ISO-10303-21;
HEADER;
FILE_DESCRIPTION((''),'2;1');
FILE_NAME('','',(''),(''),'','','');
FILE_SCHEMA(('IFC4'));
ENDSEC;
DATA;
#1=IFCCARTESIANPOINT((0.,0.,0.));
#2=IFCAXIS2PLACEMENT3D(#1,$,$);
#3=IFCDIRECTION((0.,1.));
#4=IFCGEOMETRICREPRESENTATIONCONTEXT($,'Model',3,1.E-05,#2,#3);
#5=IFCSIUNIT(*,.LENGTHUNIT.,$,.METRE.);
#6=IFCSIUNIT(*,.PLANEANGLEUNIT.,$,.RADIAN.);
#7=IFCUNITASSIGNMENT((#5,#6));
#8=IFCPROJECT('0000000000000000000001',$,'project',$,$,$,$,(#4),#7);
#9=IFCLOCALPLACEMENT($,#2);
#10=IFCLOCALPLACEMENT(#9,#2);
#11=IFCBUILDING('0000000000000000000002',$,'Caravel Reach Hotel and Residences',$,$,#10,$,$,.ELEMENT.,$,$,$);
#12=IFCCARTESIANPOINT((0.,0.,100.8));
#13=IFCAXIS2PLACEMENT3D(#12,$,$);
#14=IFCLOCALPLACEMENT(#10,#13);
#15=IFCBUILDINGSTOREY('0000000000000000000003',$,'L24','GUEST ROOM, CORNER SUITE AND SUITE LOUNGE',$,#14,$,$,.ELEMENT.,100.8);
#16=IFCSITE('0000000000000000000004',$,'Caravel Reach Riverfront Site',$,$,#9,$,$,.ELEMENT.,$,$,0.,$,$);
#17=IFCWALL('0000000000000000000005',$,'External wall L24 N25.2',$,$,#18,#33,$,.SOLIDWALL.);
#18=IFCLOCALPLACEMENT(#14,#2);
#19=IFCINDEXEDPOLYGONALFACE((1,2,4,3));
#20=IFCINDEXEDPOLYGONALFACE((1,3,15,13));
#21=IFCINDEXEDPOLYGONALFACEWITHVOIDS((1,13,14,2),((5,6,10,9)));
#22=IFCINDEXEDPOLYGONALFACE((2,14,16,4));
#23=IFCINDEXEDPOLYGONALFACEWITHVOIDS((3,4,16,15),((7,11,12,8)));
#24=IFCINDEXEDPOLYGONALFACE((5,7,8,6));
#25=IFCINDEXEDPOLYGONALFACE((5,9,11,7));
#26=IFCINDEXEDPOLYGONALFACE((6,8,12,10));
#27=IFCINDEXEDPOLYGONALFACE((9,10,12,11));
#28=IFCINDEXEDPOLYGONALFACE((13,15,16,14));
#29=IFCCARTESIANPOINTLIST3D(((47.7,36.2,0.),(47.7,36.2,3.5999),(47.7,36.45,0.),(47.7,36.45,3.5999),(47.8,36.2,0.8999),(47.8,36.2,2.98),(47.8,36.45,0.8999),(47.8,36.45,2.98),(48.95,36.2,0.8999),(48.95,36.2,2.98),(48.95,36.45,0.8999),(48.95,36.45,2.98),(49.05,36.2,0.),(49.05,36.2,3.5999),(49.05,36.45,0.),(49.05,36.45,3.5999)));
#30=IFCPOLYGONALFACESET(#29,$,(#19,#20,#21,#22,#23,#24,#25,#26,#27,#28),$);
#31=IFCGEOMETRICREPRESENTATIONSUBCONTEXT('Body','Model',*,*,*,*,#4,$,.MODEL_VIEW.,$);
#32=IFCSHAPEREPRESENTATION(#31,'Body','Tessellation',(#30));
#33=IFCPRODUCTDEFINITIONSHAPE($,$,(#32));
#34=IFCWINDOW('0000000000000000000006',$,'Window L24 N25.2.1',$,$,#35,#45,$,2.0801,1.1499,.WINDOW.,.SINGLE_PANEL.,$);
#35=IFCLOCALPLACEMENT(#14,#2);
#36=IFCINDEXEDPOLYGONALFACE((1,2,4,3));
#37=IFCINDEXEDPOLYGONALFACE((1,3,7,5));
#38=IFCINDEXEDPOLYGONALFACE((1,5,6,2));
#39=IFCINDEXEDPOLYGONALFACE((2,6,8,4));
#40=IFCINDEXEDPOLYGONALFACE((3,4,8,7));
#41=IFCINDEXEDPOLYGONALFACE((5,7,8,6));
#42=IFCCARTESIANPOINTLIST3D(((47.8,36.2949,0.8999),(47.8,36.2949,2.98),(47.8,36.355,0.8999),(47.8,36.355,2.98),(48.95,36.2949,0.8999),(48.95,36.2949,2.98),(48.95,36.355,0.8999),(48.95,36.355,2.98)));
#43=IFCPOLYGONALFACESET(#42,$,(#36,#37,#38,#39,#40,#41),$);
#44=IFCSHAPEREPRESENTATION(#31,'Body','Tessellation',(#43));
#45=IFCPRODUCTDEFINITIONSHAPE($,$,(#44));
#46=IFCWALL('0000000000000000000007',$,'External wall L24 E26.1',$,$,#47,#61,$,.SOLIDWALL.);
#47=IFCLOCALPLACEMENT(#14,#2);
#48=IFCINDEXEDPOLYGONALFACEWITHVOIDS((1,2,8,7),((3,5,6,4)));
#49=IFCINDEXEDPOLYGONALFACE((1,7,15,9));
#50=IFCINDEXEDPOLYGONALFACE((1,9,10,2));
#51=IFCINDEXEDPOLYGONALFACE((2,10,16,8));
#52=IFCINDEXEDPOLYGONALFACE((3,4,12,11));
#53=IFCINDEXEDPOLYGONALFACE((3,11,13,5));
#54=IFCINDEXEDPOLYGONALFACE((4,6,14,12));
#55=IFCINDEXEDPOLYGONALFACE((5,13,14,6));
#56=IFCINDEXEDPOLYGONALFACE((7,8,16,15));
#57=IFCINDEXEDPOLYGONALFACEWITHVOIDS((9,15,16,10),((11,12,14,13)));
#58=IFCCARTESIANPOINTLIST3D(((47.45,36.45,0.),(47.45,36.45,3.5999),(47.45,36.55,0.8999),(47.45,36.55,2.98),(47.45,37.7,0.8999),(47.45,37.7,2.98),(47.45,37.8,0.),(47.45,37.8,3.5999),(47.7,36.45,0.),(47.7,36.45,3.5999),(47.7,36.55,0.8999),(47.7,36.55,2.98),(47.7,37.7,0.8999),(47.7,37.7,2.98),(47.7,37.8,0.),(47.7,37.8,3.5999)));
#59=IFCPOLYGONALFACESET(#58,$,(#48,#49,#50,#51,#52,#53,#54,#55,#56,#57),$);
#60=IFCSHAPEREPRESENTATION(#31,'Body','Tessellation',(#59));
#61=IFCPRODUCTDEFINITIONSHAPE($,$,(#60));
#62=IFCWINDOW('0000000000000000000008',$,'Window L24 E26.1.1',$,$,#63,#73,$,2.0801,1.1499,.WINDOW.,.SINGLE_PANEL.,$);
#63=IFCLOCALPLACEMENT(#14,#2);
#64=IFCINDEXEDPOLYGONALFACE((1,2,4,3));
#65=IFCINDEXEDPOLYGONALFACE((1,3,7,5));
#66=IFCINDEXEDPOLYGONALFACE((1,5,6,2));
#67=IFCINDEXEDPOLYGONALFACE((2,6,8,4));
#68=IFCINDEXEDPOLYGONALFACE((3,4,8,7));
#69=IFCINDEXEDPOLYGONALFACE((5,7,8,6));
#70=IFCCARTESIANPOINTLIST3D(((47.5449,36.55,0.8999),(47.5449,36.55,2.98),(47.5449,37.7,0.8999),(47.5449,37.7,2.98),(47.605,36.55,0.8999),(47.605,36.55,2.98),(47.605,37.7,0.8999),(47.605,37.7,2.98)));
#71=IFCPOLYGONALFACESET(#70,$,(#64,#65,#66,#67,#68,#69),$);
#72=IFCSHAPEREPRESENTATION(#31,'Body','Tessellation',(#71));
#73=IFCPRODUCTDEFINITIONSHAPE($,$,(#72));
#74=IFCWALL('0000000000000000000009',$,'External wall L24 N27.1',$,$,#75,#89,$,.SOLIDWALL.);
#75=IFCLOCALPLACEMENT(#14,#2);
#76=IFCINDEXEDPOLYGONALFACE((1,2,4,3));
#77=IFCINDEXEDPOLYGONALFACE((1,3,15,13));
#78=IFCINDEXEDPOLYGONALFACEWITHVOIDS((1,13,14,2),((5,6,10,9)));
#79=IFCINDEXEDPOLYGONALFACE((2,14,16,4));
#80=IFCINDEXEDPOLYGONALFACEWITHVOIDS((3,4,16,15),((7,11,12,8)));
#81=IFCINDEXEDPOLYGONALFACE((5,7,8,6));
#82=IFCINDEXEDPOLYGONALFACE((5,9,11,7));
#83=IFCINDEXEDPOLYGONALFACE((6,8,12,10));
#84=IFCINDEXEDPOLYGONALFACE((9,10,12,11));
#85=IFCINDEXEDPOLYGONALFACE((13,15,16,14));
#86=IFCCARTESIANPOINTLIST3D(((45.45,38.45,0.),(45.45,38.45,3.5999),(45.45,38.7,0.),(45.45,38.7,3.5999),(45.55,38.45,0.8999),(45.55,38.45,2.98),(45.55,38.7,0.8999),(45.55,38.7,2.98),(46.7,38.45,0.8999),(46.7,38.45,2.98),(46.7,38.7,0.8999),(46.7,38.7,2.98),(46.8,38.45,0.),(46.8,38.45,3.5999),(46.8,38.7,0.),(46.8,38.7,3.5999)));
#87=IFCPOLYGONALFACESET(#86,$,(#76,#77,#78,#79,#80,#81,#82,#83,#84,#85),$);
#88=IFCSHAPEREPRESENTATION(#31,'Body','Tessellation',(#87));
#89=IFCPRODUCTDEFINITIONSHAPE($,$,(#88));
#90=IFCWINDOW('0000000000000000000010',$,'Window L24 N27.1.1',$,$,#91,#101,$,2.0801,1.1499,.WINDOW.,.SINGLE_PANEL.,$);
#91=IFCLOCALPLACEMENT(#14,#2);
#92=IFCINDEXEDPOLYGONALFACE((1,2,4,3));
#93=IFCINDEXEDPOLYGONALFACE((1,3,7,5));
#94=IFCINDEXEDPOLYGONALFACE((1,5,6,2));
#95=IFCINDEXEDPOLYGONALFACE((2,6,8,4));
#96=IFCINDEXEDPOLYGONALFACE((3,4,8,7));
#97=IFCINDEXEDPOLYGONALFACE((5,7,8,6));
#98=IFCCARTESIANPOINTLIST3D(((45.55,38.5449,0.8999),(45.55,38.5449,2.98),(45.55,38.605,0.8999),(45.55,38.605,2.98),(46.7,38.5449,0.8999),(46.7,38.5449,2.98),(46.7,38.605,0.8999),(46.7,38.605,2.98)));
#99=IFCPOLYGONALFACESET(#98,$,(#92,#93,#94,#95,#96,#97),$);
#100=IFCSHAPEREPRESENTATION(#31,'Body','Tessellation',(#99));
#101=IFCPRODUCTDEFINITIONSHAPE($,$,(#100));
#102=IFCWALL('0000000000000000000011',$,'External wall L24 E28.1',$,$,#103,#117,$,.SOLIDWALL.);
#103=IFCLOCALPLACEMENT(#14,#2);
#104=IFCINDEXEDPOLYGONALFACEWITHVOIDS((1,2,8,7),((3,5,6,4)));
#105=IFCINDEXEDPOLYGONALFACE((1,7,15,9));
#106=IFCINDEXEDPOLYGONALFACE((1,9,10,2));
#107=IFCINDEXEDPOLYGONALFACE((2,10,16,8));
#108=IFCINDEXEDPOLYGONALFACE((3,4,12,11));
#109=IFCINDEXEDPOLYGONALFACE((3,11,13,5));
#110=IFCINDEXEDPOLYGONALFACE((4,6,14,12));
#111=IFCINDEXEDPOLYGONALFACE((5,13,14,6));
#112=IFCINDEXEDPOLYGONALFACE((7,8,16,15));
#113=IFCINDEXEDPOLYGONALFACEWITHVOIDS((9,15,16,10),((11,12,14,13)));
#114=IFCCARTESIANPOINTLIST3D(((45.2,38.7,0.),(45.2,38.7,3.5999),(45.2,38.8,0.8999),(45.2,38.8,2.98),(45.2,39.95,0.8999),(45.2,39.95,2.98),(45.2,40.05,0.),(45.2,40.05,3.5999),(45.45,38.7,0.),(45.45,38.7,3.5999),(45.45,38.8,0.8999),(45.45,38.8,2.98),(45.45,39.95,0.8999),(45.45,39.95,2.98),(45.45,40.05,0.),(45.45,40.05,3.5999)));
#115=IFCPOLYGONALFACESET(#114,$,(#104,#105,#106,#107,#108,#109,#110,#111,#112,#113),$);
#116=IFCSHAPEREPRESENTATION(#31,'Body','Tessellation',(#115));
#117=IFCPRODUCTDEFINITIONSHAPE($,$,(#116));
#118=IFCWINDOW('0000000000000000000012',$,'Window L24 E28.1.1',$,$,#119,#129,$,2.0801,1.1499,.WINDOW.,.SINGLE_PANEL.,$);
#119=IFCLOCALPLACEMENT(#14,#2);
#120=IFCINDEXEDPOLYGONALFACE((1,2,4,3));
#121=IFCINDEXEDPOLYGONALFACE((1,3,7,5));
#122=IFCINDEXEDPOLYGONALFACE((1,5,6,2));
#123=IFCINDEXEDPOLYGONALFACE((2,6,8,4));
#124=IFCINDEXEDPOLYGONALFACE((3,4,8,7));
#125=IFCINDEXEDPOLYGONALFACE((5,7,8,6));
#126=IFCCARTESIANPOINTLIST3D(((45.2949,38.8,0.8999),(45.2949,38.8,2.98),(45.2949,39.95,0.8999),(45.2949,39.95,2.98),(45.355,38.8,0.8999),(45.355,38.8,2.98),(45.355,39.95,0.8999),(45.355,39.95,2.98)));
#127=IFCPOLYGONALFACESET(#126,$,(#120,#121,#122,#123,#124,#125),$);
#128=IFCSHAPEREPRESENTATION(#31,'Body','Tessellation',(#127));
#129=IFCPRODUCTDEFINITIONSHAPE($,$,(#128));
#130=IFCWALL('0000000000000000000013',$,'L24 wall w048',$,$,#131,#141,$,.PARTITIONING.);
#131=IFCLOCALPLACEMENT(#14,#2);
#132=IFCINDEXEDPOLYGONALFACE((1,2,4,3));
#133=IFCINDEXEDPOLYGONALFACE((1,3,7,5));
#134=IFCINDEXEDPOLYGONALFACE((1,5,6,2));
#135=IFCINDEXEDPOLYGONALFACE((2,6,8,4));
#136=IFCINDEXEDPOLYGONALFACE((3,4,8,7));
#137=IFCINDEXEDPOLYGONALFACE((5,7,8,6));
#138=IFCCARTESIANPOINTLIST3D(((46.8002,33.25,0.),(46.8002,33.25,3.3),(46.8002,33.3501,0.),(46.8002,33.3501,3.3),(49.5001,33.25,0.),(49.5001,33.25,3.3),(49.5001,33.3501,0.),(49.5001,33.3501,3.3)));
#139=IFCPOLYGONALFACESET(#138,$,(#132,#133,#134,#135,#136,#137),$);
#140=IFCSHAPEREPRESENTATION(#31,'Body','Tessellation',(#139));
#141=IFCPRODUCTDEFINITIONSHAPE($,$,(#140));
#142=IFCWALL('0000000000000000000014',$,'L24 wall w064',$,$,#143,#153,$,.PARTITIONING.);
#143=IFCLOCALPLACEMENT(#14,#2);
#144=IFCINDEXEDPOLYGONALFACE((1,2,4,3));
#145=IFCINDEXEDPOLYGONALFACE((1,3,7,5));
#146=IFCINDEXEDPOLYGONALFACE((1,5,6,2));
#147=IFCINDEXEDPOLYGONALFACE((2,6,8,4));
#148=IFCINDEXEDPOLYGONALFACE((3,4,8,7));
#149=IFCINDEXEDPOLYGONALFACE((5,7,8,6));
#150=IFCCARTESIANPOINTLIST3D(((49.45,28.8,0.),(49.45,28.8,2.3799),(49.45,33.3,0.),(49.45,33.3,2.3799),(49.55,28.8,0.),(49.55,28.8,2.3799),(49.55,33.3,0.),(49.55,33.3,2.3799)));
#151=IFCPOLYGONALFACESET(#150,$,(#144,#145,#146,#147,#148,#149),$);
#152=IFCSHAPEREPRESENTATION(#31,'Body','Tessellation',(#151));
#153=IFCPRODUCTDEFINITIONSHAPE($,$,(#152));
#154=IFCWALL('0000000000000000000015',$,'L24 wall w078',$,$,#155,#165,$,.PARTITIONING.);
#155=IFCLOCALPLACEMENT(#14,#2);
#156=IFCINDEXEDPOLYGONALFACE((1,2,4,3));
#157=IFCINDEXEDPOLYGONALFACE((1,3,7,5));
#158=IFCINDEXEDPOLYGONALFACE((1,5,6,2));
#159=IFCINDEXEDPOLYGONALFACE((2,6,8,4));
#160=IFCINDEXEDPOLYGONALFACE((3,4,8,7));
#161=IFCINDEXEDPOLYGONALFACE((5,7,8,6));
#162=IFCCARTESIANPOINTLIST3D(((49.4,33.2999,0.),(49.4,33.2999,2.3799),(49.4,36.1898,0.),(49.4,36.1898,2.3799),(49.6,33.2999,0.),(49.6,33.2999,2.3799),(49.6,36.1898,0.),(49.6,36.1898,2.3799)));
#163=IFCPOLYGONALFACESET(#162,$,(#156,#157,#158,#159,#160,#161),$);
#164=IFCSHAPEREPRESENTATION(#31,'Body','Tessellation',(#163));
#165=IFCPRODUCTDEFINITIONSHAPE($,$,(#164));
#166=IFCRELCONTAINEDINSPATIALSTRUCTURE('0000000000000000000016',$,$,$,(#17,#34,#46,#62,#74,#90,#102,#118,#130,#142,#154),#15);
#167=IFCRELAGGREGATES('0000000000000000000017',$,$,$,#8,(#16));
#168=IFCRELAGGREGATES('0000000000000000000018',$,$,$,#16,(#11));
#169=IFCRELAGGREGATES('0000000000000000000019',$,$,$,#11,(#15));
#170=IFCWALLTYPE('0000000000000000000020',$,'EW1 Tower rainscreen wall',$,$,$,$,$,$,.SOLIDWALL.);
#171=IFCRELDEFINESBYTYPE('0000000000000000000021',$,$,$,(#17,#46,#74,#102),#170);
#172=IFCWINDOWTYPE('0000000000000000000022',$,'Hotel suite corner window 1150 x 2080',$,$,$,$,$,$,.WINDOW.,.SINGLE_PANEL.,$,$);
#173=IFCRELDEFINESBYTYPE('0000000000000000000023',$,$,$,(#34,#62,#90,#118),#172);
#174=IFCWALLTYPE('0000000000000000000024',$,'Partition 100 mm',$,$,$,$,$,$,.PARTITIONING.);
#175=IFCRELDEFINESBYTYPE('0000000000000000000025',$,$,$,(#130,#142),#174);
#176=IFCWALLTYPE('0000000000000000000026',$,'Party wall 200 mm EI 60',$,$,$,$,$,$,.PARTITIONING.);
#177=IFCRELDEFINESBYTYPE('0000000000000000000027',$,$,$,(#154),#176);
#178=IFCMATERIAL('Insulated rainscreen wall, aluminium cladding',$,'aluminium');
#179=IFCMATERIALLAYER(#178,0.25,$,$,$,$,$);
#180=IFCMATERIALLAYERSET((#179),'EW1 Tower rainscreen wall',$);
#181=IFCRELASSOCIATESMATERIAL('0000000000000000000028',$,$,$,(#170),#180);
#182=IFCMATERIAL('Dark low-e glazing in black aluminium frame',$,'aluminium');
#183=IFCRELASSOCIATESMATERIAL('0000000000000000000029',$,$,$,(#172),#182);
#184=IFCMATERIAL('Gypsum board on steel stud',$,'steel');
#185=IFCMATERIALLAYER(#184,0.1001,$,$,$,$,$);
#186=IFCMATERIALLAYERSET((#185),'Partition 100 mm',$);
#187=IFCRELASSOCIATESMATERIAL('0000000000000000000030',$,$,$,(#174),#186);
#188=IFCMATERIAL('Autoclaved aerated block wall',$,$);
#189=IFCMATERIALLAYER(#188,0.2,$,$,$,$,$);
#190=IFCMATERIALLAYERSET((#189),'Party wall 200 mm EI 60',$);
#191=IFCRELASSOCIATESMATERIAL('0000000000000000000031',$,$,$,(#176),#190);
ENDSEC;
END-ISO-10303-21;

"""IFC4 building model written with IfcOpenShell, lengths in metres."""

from ifc_helpers import new_model, si_unit, direction, frame, frame_2d, origin, place, context, subcontext, project, spatial, rectangle, extrude, material, layer, layer_set, type_object, element, fill, save


model = new_model("IFC4")

# Units and contexts
model_context = context("Model", 3, precision=1e-05, world=origin(), true_north=direction((0.0, 1.0)))
body_context = subcontext(model_context, "Body", "Model", "MODEL_VIEW")
ifc_project = project(units=[si_unit("LENGTHUNIT", "METRE"), si_unit("PLANEANGLEUNIT", "RADIAN")], contexts=[model_context])

# Site, building, storey
site_placement = place(None, origin())
site = spatial("IfcSite", under=ifc_project, at=site_placement, Name="Caravel Reach Riverfront Site", CompositionType="ELEMENT", RefElevation=0.0)
building_placement = place(site_placement, origin())
building = spatial("IfcBuilding", under=site, at=building_placement, Name="Caravel Reach Hotel and Residences", CompositionType="ELEMENT")
storey_placement = place(building_placement, frame((0.0, 0.0, 100.8)))
storey = spatial("IfcBuildingStorey", under=building, at=storey_placement, Name="L24", Description="GUEST ROOM, CORNER SUITE AND SUITE LOUNGE", CompositionType="ELEMENT", Elevation=100.8)

# Walls, openings, windows
ifc_material_1 = material(Name="Insulated rainscreen wall, aluminium cladding", Category="aluminium")
ifc_layer_1 = layer(ifc_material_1, 0.25)
ifc_layer_set_1 = layer_set([ifc_layer_1], Name="EW1 Tower rainscreen wall")
wall_type_1 = type_object("IfcWallType", Name="EW1 Tower rainscreen wall", PredefinedType="SOLIDWALL", material=ifc_layer_set_1)
wall_1_placement = place(storey_placement, frame((49.05, 36.325, 0.0), z_axis=(0.0, 0.0, 1.0), x_axis=(-1.0, 0.0, 0.0)))
wall_1 = element("IfcWall", 1, at=wall_1_placement, inside=storey, type_object=wall_type_1, Name="External wall L24 N25.2", PredefinedType="SOLIDWALL", context=body_context, shape_type="SweptSolid", body=[
    extrude(rectangle(XDim=1.3501, YDim=0.25, at=frame_2d((0.675, 0.0))), origin(), (0.0, 0.0, 1.0), 3.5999),
])
opening_1_placement = place(wall_1_placement, frame((0.1001, 0.0, 0.8999)))
opening_1 = element("IfcOpeningElement", 2, at=opening_1_placement, cuts=wall_1, PredefinedType="OPENING", context=body_context, shape_type="SweptSolid", body=[
    extrude(rectangle(XDim=1.1499, YDim=2.0801, at=frame_2d((0.575, 1.04))), frame((0.0, 0.135, 0.0), z_axis=(0.0, -1.0, 0.0), x_axis=(1.0, 0.0, 0.0)), (0.0, 0.0, 1.0), 0.27),
])
ifc_material_2 = material(Name="Dark low-e glazing in black aluminium frame", Category="aluminium")
window_type = type_object("IfcWindowType", Name="Hotel suite corner window 1150 x 2080", PartitioningType="SINGLE_PANEL", PredefinedType="WINDOW", material=ifc_material_2)
window_1_placement = place(opening_1_placement, origin())
window_1 = element("IfcWindow", 3, at=window_1_placement, inside=storey, type_object=window_type, Name="Window L24 N25.2.1", OverallHeight=2.0801, OverallWidth=1.1499, PartitioningType="SINGLE_PANEL", PredefinedType="WINDOW", context=body_context, shape_type="SweptSolid", body=[
    extrude(rectangle(XDim=1.1499, YDim=2.0801, at=frame_2d((0.575, 1.04))), frame((0.0, 0.03, 0.0), z_axis=(0.0, -1.0, 0.0), x_axis=(1.0, 0.0, 0.0)), (0.0, 0.0, 1.0), 0.0601),
])
fill(opening_1, window_1)
wall_2_placement = place(storey_placement, frame((47.575, 36.45, 0.0), z_axis=(0.0, 0.0, 1.0), x_axis=(0.0, 1.0, 0.0)))
wall_2 = element("IfcWall", 4, at=wall_2_placement, inside=storey, type_object=wall_type_1, Name="External wall L24 E26.1", PredefinedType="SOLIDWALL", context=body_context, shape_type="SweptSolid", body=[
    extrude(rectangle(XDim=1.3501, YDim=0.25, at=frame_2d((0.675, 0.0))), origin(), (0.0, 0.0, 1.0), 3.5999),
])
opening_2_placement = place(wall_2_placement, frame((0.1001, 0.0, 0.8999)))
opening_2 = element("IfcOpeningElement", 5, at=opening_2_placement, cuts=wall_2, PredefinedType="OPENING", context=body_context, shape_type="SweptSolid", body=[
    extrude(rectangle(XDim=1.1499, YDim=2.0801, at=frame_2d((0.575, 1.04))), frame((0.0, 0.135, 0.0), z_axis=(0.0, -1.0, 0.0), x_axis=(1.0, 0.0, 0.0)), (0.0, 0.0, 1.0), 0.27),
])
window_2_placement = place(opening_2_placement, origin())
window_2 = element("IfcWindow", 6, at=window_2_placement, inside=storey, type_object=window_type, Name="Window L24 E26.1.1", OverallHeight=2.0801, OverallWidth=1.1499, PartitioningType="SINGLE_PANEL", PredefinedType="WINDOW", context=body_context, shape_type="SweptSolid", body=[
    extrude(rectangle(XDim=1.1499, YDim=2.0801, at=frame_2d((0.575, 1.04))), frame((0.0, 0.03, 0.0), z_axis=(0.0, -1.0, 0.0), x_axis=(1.0, 0.0, 0.0)), (0.0, 0.0, 1.0), 0.0601),
])
fill(opening_2, window_2)
wall_3_placement = place(storey_placement, frame((46.8, 38.575, 0.0), z_axis=(0.0, 0.0, 1.0), x_axis=(-1.0, 0.0, 0.0)))
wall_3 = element("IfcWall", 7, at=wall_3_placement, inside=storey, type_object=wall_type_1, Name="External wall L24 N27.1", PredefinedType="SOLIDWALL", context=body_context, shape_type="SweptSolid", body=[
    extrude(rectangle(XDim=1.3501, YDim=0.25, at=frame_2d((0.675, 0.0))), origin(), (0.0, 0.0, 1.0), 3.5999),
])
opening_3_placement = place(wall_3_placement, frame((0.1001, 0.0, 0.8999)))
opening_3 = element("IfcOpeningElement", 8, at=opening_3_placement, cuts=wall_3, PredefinedType="OPENING", context=body_context, shape_type="SweptSolid", body=[
    extrude(rectangle(XDim=1.1499, YDim=2.0801, at=frame_2d((0.575, 1.04))), frame((0.0, 0.135, 0.0), z_axis=(0.0, -1.0, 0.0), x_axis=(1.0, 0.0, 0.0)), (0.0, 0.0, 1.0), 0.27),
])
window_3_placement = place(opening_3_placement, origin())
window_3 = element("IfcWindow", 9, at=window_3_placement, inside=storey, type_object=window_type, Name="Window L24 N27.1.1", OverallHeight=2.0801, OverallWidth=1.1499, PartitioningType="SINGLE_PANEL", PredefinedType="WINDOW", context=body_context, shape_type="SweptSolid", body=[
    extrude(rectangle(XDim=1.1499, YDim=2.0801, at=frame_2d((0.575, 1.04))), frame((0.0, 0.03, 0.0), z_axis=(0.0, -1.0, 0.0), x_axis=(1.0, 0.0, 0.0)), (0.0, 0.0, 1.0), 0.0601),
])
fill(opening_3, window_3)
wall_4_placement = place(storey_placement, frame((45.325, 38.7, 0.0), z_axis=(0.0, 0.0, 1.0), x_axis=(0.0, 1.0, 0.0)))
wall_4 = element("IfcWall", 10, at=wall_4_placement, inside=storey, type_object=wall_type_1, Name="External wall L24 E28.1", PredefinedType="SOLIDWALL", context=body_context, shape_type="SweptSolid", body=[
    extrude(rectangle(XDim=1.3501, YDim=0.25, at=frame_2d((0.675, 0.0))), origin(), (0.0, 0.0, 1.0), 3.5999),
])
opening_4_placement = place(wall_4_placement, frame((0.1001, 0.0, 0.8999)))
opening_4 = element("IfcOpeningElement", 11, at=opening_4_placement, cuts=wall_4, PredefinedType="OPENING", context=body_context, shape_type="SweptSolid", body=[
    extrude(rectangle(XDim=1.1499, YDim=2.0801, at=frame_2d((0.575, 1.04))), frame((0.0, 0.135, 0.0), z_axis=(0.0, -1.0, 0.0), x_axis=(1.0, 0.0, 0.0)), (0.0, 0.0, 1.0), 0.27),
])
window_4_placement = place(opening_4_placement, origin())
window_4 = element("IfcWindow", 12, at=window_4_placement, inside=storey, type_object=window_type, Name="Window L24 E28.1.1", OverallHeight=2.0801, OverallWidth=1.1499, PartitioningType="SINGLE_PANEL", PredefinedType="WINDOW", context=body_context, shape_type="SweptSolid", body=[
    extrude(rectangle(XDim=1.1499, YDim=2.0801, at=frame_2d((0.575, 1.04))), frame((0.0, 0.03, 0.0), z_axis=(0.0, -1.0, 0.0), x_axis=(1.0, 0.0, 0.0)), (0.0, 0.0, 1.0), 0.0601),
])
fill(opening_4, window_4)

# Walls
ifc_material_3 = material(Name="Gypsum board on steel stud", Category="steel")
ifc_layer_2 = layer(ifc_material_3, 0.1001)
ifc_layer_set_2 = layer_set([ifc_layer_2], Name="Partition 100 mm")
wall_type_2 = type_object("IfcWallType", Name="Partition 100 mm", PredefinedType="PARTITIONING", material=ifc_layer_set_2)
wall_5_placement = place(storey_placement, frame((46.8, 33.3, 0.0), z_axis=(0.0, 0.0, 1.0), x_axis=(1.0, 0.0, 0.0)))
element("IfcWall", 13, at=wall_5_placement, inside=storey, type_object=wall_type_2, Name="L24 wall w048", PredefinedType="PARTITIONING", context=body_context, shape_type="SweptSolid", body=[
    extrude(rectangle(XDim=2.7, YDim=0.1001, at=frame_2d((1.3501, 0.0))), origin(), (0.0, 0.0, 1.0), 3.3),
])
wall_6_placement = place(storey_placement, frame((49.5, 28.8, 0.0), z_axis=(0.0, 0.0, 1.0), x_axis=(0.0, 1.0, 0.0)))
element("IfcWall", 14, at=wall_6_placement, inside=storey, type_object=wall_type_2, Name="L24 wall w064", PredefinedType="PARTITIONING", context=body_context, shape_type="SweptSolid", body=[
    extrude(rectangle(XDim=4.5, YDim=0.1001, at=frame_2d((2.25, 0.0))), origin(), (0.0, 0.0, 1.0), 2.3799),
])
ifc_material_4 = material(Name="Autoclaved aerated block wall")
ifc_layer_3 = layer(ifc_material_4, 0.2)
ifc_layer_set_3 = layer_set([ifc_layer_3], Name="Party wall 200 mm EI 60")
wall_type_3 = type_object("IfcWallType", Name="Party wall 200 mm EI 60", PredefinedType="PARTITIONING", material=ifc_layer_set_3)
wall_7_placement = place(storey_placement, frame((49.5, 33.3, 0.0), z_axis=(0.0, 0.0, 1.0), x_axis=(0.0, 1.0, 0.0)))
element("IfcWall", 15, at=wall_7_placement, inside=storey, type_object=wall_type_3, Name="L24 wall w078", PredefinedType="PARTITIONING", context=body_context, shape_type="SweptSolid", body=[
    extrude(rectangle(XDim=2.8899, YDim=0.2, at=frame_2d((1.4448, 0.0))), origin(), (0.0, 0.0, 1.0), 2.3799),
])

save(model, "model.ifc")
